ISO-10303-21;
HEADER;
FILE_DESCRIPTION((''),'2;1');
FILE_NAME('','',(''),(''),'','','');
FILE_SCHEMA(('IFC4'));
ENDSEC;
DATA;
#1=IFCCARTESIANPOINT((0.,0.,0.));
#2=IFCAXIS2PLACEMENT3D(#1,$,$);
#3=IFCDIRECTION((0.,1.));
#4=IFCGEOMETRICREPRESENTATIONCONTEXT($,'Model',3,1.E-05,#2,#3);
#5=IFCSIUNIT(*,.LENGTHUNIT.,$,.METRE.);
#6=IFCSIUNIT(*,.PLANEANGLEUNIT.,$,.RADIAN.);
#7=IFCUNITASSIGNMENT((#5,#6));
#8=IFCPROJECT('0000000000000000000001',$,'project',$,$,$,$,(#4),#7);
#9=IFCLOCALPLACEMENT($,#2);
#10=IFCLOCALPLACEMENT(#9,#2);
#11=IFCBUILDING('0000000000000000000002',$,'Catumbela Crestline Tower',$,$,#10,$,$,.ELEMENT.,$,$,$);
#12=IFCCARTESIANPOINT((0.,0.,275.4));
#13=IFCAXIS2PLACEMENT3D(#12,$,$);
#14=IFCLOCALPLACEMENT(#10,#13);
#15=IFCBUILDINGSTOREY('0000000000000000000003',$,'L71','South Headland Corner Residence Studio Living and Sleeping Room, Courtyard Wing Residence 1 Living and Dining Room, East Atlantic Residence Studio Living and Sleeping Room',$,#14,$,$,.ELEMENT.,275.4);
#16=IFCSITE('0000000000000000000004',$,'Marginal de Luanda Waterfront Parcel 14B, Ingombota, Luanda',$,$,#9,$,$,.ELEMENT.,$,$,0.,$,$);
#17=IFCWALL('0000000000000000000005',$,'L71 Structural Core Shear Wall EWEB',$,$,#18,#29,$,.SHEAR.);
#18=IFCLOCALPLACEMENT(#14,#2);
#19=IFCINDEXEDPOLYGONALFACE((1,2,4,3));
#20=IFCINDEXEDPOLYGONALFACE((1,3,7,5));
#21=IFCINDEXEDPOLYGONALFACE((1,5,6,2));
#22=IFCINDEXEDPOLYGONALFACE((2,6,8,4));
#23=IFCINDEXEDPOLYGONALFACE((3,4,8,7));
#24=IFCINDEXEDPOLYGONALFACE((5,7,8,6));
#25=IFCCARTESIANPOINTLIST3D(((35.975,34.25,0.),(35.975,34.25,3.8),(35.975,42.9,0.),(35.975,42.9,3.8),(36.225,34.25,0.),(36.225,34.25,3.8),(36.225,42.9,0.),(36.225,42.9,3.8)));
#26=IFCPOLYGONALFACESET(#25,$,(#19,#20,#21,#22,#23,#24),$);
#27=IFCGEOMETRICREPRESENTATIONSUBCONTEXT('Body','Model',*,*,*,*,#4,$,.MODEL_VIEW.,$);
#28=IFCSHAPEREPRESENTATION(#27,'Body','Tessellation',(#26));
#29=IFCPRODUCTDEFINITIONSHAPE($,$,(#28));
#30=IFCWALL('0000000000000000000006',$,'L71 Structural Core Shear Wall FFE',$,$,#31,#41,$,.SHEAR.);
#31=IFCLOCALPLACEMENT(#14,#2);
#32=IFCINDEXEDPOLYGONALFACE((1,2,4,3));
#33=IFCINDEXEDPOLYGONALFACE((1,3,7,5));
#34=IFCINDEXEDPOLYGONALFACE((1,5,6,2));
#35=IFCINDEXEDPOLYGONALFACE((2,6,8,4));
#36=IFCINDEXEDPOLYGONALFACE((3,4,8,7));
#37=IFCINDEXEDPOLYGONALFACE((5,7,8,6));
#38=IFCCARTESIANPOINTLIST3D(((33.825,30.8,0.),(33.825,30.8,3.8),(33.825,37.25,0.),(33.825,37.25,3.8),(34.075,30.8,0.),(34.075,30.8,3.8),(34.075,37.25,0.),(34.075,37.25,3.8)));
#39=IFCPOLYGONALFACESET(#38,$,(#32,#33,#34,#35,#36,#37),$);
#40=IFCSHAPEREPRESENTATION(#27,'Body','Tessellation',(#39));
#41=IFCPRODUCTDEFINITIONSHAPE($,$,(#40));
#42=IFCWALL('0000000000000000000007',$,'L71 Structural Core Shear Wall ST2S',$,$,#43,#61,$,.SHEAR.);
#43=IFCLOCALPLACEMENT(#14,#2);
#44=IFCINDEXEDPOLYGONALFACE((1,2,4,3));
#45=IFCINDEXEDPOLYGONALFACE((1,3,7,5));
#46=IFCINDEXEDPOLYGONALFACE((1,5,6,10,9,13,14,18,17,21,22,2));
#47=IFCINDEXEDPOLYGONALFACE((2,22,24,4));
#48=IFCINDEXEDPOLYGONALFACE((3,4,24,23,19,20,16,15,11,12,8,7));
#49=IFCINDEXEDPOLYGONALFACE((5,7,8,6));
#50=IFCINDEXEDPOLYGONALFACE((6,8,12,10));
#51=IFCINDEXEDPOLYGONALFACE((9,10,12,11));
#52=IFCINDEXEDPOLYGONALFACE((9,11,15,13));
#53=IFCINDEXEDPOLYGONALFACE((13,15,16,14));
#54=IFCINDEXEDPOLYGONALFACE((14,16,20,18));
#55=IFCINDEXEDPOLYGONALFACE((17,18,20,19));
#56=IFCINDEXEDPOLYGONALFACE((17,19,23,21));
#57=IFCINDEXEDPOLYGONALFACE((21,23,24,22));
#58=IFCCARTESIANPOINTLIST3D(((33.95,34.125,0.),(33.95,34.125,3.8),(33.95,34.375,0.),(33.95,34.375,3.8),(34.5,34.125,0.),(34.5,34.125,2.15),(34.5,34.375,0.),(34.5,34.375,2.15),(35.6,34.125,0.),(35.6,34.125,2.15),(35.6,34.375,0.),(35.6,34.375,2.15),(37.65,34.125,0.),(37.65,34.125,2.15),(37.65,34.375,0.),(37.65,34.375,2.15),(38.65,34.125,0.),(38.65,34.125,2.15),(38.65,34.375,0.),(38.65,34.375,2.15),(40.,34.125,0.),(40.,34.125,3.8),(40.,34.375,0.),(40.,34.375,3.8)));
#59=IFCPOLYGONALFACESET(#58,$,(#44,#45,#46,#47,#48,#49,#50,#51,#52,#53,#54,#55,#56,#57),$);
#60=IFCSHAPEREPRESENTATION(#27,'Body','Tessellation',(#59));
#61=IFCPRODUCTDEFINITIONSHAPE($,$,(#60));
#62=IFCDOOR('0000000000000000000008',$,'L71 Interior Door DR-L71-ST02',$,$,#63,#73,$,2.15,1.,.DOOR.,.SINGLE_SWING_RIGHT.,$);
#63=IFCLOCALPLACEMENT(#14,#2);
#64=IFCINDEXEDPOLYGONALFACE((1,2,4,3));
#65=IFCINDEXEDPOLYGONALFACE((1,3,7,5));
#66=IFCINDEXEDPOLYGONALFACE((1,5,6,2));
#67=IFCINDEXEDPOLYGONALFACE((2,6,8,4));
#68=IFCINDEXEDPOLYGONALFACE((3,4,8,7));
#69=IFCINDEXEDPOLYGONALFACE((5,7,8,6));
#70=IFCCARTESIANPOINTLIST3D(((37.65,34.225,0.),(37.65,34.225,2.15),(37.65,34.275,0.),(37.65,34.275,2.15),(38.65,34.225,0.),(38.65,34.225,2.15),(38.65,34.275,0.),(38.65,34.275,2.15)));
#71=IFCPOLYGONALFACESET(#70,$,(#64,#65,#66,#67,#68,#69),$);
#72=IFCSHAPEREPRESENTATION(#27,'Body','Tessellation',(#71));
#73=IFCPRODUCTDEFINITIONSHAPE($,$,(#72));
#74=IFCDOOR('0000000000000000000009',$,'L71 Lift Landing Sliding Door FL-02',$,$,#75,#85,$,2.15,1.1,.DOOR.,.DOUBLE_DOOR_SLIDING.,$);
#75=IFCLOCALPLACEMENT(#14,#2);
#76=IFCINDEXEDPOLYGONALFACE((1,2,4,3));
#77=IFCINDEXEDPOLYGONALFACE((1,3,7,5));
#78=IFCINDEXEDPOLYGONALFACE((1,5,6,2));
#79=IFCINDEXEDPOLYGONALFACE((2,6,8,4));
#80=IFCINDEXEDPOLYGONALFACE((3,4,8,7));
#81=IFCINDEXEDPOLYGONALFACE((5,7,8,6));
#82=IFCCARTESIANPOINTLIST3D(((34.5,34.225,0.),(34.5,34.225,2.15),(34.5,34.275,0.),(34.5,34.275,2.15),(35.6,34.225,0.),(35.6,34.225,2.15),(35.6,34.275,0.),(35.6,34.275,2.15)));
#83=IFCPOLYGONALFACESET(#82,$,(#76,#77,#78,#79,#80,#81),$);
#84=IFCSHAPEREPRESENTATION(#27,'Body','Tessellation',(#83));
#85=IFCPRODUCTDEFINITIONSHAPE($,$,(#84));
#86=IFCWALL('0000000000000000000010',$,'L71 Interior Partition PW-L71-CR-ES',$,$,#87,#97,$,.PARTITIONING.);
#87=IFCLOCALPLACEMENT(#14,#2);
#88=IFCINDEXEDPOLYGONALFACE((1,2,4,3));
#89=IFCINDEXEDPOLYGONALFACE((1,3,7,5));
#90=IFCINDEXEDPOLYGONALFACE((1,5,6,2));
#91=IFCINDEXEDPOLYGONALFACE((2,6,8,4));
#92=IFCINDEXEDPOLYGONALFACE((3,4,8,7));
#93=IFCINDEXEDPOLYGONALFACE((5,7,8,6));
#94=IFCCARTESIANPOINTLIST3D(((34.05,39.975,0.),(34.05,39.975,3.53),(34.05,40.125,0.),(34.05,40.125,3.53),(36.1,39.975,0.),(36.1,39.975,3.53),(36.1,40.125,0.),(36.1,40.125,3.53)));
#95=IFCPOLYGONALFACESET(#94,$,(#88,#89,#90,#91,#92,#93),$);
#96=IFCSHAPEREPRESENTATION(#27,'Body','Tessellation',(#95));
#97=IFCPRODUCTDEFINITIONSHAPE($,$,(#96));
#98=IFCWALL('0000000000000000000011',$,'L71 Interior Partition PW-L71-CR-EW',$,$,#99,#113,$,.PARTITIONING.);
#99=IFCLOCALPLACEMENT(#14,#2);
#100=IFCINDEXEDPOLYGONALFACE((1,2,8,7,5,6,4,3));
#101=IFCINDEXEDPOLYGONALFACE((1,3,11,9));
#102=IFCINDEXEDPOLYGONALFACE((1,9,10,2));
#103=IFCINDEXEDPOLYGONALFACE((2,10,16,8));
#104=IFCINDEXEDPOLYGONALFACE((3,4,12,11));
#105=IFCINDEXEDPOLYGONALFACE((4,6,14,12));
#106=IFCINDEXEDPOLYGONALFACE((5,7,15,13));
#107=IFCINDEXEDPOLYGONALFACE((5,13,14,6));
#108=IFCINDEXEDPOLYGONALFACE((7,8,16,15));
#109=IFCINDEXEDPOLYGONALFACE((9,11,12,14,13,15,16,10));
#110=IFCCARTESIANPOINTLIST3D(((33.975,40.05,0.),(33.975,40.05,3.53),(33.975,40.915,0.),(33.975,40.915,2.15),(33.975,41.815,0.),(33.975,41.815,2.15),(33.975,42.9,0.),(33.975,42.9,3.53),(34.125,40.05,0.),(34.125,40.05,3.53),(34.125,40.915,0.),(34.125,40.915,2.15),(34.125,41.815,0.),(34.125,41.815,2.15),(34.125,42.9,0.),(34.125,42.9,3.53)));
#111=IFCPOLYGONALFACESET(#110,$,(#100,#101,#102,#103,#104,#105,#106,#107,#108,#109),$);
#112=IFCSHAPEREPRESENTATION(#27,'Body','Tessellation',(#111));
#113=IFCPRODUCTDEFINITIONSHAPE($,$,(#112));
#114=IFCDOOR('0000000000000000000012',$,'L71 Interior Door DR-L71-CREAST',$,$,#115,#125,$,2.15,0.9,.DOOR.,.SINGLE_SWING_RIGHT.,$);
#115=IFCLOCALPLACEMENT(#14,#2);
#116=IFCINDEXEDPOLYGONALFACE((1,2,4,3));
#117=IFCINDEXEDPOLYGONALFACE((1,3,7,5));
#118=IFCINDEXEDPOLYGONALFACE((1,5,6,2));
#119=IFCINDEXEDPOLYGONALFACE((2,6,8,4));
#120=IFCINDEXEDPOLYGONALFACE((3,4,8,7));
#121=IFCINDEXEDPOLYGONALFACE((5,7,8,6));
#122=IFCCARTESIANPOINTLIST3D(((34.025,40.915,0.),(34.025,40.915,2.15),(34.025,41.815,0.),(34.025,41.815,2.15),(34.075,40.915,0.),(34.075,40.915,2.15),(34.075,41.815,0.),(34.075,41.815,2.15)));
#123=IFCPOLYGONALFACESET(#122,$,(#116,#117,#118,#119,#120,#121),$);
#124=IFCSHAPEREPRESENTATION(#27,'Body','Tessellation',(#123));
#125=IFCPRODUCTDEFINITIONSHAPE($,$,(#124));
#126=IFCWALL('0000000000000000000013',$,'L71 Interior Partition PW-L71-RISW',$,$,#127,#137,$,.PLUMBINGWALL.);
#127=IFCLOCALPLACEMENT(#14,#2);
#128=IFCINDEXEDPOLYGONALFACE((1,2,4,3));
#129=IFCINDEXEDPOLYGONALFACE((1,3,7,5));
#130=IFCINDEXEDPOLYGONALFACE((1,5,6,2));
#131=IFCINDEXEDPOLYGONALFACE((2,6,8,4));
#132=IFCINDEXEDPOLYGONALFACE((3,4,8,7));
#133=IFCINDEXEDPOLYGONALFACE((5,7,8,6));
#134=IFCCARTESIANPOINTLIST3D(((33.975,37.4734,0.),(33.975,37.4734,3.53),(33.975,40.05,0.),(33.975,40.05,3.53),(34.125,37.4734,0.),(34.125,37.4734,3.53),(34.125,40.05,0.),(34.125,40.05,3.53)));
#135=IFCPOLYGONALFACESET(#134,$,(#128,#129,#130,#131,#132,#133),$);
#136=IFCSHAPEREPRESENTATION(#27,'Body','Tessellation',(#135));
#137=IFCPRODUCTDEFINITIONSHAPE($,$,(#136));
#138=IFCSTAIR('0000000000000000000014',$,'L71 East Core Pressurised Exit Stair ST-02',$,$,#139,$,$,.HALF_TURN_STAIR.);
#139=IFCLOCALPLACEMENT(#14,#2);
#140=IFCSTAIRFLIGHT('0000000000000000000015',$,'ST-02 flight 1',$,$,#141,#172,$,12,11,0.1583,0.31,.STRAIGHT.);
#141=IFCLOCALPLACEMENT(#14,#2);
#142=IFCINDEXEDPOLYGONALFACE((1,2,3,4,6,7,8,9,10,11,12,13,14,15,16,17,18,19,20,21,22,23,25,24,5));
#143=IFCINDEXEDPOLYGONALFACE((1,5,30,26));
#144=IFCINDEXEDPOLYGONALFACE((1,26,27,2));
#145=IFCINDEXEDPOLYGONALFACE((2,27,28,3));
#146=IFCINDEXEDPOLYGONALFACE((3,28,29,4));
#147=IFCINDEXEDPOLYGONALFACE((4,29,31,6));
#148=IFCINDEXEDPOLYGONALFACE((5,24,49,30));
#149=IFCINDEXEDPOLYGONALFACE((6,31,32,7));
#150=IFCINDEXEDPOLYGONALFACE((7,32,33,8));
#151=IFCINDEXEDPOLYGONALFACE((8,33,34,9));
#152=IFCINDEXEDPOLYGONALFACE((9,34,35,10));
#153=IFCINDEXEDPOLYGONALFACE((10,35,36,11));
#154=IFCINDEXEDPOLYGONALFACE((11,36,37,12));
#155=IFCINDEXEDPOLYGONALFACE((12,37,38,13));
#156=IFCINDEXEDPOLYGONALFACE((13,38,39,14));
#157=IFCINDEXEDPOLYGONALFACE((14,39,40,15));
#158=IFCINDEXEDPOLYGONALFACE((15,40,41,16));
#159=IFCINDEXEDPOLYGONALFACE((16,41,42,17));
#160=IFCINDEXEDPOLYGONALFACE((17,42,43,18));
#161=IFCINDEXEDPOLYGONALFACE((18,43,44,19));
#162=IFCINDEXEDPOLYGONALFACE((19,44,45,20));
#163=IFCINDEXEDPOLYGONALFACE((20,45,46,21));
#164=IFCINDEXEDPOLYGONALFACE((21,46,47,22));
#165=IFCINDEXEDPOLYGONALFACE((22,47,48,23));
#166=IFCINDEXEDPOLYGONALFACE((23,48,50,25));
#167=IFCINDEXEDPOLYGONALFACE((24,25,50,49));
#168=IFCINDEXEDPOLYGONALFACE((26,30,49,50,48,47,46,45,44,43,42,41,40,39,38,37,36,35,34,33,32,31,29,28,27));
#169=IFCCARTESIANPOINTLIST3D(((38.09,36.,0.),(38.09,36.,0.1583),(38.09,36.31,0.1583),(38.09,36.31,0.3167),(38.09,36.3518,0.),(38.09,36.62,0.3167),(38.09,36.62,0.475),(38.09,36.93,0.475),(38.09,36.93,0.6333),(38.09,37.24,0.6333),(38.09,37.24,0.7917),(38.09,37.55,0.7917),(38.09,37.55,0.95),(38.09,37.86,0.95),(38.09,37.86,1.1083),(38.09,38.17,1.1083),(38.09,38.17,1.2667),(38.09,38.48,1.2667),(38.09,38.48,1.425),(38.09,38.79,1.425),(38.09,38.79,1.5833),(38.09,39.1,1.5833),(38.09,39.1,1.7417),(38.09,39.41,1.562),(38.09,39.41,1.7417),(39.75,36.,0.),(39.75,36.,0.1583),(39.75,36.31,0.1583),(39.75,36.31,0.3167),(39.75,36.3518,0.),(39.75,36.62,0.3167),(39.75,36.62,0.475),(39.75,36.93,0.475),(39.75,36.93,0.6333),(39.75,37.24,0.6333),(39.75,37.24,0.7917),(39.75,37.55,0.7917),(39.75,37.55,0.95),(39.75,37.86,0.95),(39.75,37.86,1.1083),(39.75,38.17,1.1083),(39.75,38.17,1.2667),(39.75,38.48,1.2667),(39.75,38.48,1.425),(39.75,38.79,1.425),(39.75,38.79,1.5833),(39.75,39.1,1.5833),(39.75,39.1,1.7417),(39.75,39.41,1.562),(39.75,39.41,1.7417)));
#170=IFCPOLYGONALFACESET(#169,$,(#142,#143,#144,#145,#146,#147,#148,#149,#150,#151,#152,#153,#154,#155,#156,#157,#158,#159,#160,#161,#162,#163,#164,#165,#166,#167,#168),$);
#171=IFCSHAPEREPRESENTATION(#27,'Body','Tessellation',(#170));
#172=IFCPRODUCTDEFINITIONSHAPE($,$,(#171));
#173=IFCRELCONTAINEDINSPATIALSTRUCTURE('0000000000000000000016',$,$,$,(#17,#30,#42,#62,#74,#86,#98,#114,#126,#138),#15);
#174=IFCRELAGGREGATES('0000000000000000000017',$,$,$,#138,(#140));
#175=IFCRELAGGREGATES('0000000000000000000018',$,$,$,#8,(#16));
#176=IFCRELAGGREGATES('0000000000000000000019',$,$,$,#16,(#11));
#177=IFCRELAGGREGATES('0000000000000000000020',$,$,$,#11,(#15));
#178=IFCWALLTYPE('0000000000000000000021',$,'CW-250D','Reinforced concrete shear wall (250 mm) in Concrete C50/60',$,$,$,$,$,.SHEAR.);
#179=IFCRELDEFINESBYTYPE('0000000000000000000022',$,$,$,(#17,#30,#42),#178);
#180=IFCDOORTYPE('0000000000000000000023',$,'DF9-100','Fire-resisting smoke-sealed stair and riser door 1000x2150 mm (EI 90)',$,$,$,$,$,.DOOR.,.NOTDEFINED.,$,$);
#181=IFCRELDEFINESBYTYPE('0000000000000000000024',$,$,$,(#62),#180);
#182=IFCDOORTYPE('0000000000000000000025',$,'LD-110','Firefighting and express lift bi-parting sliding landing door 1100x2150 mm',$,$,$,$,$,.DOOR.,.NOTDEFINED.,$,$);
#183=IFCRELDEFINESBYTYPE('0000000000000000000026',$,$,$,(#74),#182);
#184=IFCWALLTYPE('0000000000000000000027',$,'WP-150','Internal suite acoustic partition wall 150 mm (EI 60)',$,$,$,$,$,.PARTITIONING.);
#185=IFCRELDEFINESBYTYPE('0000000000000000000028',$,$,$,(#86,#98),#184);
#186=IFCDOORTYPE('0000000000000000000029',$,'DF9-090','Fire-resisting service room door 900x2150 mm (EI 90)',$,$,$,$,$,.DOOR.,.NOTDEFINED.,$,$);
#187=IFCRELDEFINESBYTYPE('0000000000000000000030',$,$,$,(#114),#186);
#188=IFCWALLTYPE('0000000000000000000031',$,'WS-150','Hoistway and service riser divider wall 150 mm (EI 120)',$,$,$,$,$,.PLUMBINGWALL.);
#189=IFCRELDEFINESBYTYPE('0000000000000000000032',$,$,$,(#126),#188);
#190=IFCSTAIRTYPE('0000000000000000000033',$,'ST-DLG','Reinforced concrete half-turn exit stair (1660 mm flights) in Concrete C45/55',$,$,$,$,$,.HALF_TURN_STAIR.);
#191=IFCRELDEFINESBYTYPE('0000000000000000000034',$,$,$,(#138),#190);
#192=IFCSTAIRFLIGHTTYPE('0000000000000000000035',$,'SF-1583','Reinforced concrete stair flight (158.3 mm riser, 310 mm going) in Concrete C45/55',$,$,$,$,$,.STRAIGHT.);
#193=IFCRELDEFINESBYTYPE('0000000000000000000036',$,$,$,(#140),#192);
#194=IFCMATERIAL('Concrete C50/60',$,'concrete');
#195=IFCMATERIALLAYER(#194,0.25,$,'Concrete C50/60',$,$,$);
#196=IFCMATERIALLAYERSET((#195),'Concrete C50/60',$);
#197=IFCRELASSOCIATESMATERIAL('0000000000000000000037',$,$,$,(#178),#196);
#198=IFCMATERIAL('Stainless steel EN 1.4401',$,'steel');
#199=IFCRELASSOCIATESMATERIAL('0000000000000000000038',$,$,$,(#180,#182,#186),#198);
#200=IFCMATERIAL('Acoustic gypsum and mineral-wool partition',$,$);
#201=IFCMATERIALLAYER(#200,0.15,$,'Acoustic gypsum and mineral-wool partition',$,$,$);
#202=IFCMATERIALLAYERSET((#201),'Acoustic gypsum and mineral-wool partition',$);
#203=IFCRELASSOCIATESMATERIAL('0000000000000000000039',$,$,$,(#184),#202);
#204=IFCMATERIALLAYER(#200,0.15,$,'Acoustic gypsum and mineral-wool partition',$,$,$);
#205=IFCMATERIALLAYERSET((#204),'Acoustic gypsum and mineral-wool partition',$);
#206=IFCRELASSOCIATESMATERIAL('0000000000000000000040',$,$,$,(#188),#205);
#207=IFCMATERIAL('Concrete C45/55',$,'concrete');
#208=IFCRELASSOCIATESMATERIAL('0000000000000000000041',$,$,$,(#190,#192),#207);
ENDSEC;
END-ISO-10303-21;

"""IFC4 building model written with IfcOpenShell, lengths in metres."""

from ifc_helpers import new_model, si_unit, direction, frame, frame_2d, origin, place, context, subcontext, project, spatial, polyline, rectangle, outline, extrude, material, layer, layer_set, type_object, element, fill, aggregate, save


model = new_model("IFC4")

# Units and contexts
model_context = context("Model", 3, precision=1e-05, world=origin(), true_north=direction((0.0, 1.0)))
body_context = subcontext(model_context, "Body", "Model", "MODEL_VIEW")
ifc_project = project(units=[si_unit("LENGTHUNIT", "METRE"), si_unit("PLANEANGLEUNIT", "RADIAN")], contexts=[model_context])

# Site, building, storey
site_placement = place(None, origin())
site = spatial("IfcSite", under=ifc_project, at=site_placement, Name="Marginal de Luanda Waterfront Parcel 14B, Ingombota, Luanda", CompositionType="ELEMENT", RefElevation=0.0)
building_placement = place(site_placement, origin())
building = spatial("IfcBuilding", under=site, at=building_placement, Name="Catumbela Crestline Tower", CompositionType="ELEMENT")
storey_placement = place(building_placement, frame((0.0, 0.0, 275.4)))
storey = spatial("IfcBuildingStorey", under=building, at=storey_placement, Name="L71", Description="South Headland Corner Residence Studio Living and Sleeping Room, Courtyard Wing Residence 1 Living and Dining Room, East Atlantic Residence Studio Living and Sleeping Room", CompositionType="ELEMENT", Elevation=275.4)

# Walls
ifc_material_1 = material(Name="Concrete C50/60", Category="concrete")
ifc_layer_1 = layer(ifc_material_1, 0.25, Name="Concrete C50/60")
ifc_layer_set_1 = layer_set([ifc_layer_1], Name="Concrete C50/60")
wall_type_1 = type_object("IfcWallType", Name="CW-250D", Description="Reinforced concrete shear wall (250 mm) in Concrete C50/60", PredefinedType="SHEAR", material=ifc_layer_set_1)
wall_1_placement = place(storey_placement, frame((36.1, 34.25, 0.0), z_axis=(0.0, 0.0, 1.0), x_axis=(0.0, 1.0, 0.0)))
element("IfcWall", 1, at=wall_1_placement, inside=storey, type_object=wall_type_1, Name="L71 Structural Core Shear Wall EWEB", PredefinedType="SHEAR", context=body_context, shape_type="SweptSolid", body=[
    extrude(rectangle(XDim=8.65, YDim=0.25, at=frame_2d((4.325, 0.0))), origin(), (0.0, 0.0, 1.0), 3.8),
])
wall_2_placement = place(storey_placement, frame((33.95, 30.8, 0.0), z_axis=(0.0, 0.0, 1.0), x_axis=(0.0, 1.0, 0.0)))
element("IfcWall", 2, at=wall_2_placement, inside=storey, type_object=wall_type_1, Name="L71 Structural Core Shear Wall FFE", PredefinedType="SHEAR", context=body_context, shape_type="SweptSolid", body=[
    extrude(rectangle(XDim=6.45, YDim=0.25, at=frame_2d((3.225, 0.0))), origin(), (0.0, 0.0, 1.0), 3.8),
])

# Wall, openings, doors
wall_3_placement = place(storey_placement, frame((33.95, 34.25, 0.0), z_axis=(0.0, 0.0, 1.0), x_axis=(1.0, 0.0, 0.0)))
wall_3 = element("IfcWall", 3, at=wall_3_placement, inside=storey, type_object=wall_type_1, Name="L71 Structural Core Shear Wall ST2S", PredefinedType="SHEAR", context=body_context, shape_type="SweptSolid", body=[
    extrude(rectangle(XDim=6.05, YDim=0.25, at=frame_2d((3.025, 0.0))), origin(), (0.0, 0.0, 1.0), 3.8),
])
opening_1_placement = place(wall_3_placement, frame((3.7, 0.0, 0.0)))
opening_1 = element("IfcOpeningElement", 4, at=opening_1_placement, cuts=wall_3, PredefinedType="OPENING", context=body_context, shape_type="SweptSolid", body=[
    extrude(rectangle(XDim=1.0, YDim=2.15, at=frame_2d((0.5, 1.075))), frame((0.0, 0.135, 0.0), z_axis=(0.0, -1.0, 0.0), x_axis=(1.0, 0.0, 0.0)), (0.0, 0.0, 1.0), 0.27),
])
opening_2_placement = place(wall_3_placement, frame((0.55, 0.0, 0.0)))
opening_2 = element("IfcOpeningElement", 5, at=opening_2_placement, cuts=wall_3, PredefinedType="OPENING", context=body_context, shape_type="SweptSolid", body=[
    extrude(rectangle(XDim=1.1, YDim=2.15, at=frame_2d((0.55, 1.075))), frame((0.0, 0.135, 0.0), z_axis=(0.0, -1.0, 0.0), x_axis=(1.0, 0.0, 0.0)), (0.0, 0.0, 1.0), 0.27),
])
ifc_material_2 = material(Name="Stainless steel EN 1.4401", Category="steel")
door_type_1 = type_object("IfcDoorType", Name="DF9-100", Description="Fire-resisting smoke-sealed stair and riser door 1000x2150 mm (EI 90)", OperationType="NOTDEFINED", PredefinedType="DOOR", material=ifc_material_2)
door_1_placement = place(opening_1_placement, origin())
door_1 = element("IfcDoor", 6, at=door_1_placement, inside=storey, type_object=door_type_1, Name="L71 Interior Door DR-L71-ST02", OperationType="SINGLE_SWING_RIGHT", OverallHeight=2.15, OverallWidth=1.0, PredefinedType="DOOR", context=body_context, shape_type="SweptSolid", body=[
    extrude(rectangle(XDim=1.0, YDim=2.15, at=frame_2d((0.5, 1.075))), frame((0.0, 0.025, 0.0), z_axis=(0.0, -1.0, 0.0), x_axis=(1.0, 0.0, 0.0)), (0.0, 0.0, 1.0), 0.05),
])
fill(opening_1, door_1)
door_type_2 = type_object("IfcDoorType", Name="LD-110", Description="Firefighting and express lift bi-parting sliding landing door 1100x2150 mm", OperationType="NOTDEFINED", PredefinedType="DOOR", material=ifc_material_2)
door_2_placement = place(opening_2_placement, origin())
door_2 = element("IfcDoor", 7, at=door_2_placement, inside=storey, type_object=door_type_2, Name="L71 Lift Landing Sliding Door FL-02", OperationType="DOUBLE_DOOR_SLIDING", OverallHeight=2.15, OverallWidth=1.1, PredefinedType="DOOR", context=body_context, shape_type="SweptSolid", body=[
    extrude(rectangle(XDim=1.1, YDim=2.15, at=frame_2d((0.55, 1.075))), frame((0.0, 0.025, 0.0), z_axis=(0.0, -1.0, 0.0), x_axis=(1.0, 0.0, 0.0)), (0.0, 0.0, 1.0), 0.05),
])
fill(opening_2, door_2)

# Wall
ifc_material_3 = material(Name="Acoustic gypsum and mineral-wool partition")
ifc_layer_2 = layer(ifc_material_3, 0.15, Name="Acoustic gypsum and mineral-wool partition")
ifc_layer_set_2 = layer_set([ifc_layer_2], Name="Acoustic gypsum and mineral-wool partition")
wall_type_2 = type_object("IfcWallType", Name="WP-150", Description="Internal suite acoustic partition wall 150 mm (EI 60)", PredefinedType="PARTITIONING", material=ifc_layer_set_2)
wall_4_placement = place(storey_placement, frame((34.05, 40.05, 0.0), z_axis=(0.0, 0.0, 1.0), x_axis=(1.0, 0.0, 0.0)))
element("IfcWall", 8, at=wall_4_placement, inside=storey, type_object=wall_type_2, Name="L71 Interior Partition PW-L71-CR-ES", PredefinedType="PARTITIONING", context=body_context, shape_type="SweptSolid", body=[
    extrude(rectangle(XDim=2.05, YDim=0.15, at=frame_2d((1.025, 0.0))), origin(), (0.0, 0.0, 1.0), 3.53),
])

# Wall, opening, door
wall_5_placement = place(storey_placement, frame((34.05, 40.05, 0.0), z_axis=(0.0, 0.0, 1.0), x_axis=(0.0, 1.0, 0.0)))
wall_5 = element("IfcWall", 9, at=wall_5_placement, inside=storey, type_object=wall_type_2, Name="L71 Interior Partition PW-L71-CR-EW", PredefinedType="PARTITIONING", context=body_context, shape_type="SweptSolid", body=[
    extrude(rectangle(XDim=2.85, YDim=0.15, at=frame_2d((1.425, 0.0))), origin(), (0.0, 0.0, 1.0), 3.53),
])
opening_3_placement = place(wall_5_placement, frame((0.865, 0.0, 0.0)))
opening_3 = element("IfcOpeningElement", 10, at=opening_3_placement, cuts=wall_5, PredefinedType="OPENING", context=body_context, shape_type="SweptSolid", body=[
    extrude(rectangle(XDim=0.9, YDim=2.15, at=frame_2d((0.45, 1.075))), frame((0.0, 0.085, 0.0), z_axis=(0.0, -1.0, 0.0), x_axis=(1.0, 0.0, 0.0)), (0.0, 0.0, 1.0), 0.17),
])
door_type_3 = type_object("IfcDoorType", Name="DF9-090", Description="Fire-resisting service room door 900x2150 mm (EI 90)", OperationType="NOTDEFINED", PredefinedType="DOOR", material=ifc_material_2)
door_3_placement = place(opening_3_placement, origin())
door_3 = element("IfcDoor", 11, at=door_3_placement, inside=storey, type_object=door_type_3, Name="L71 Interior Door DR-L71-CREAST", OperationType="SINGLE_SWING_RIGHT", OverallHeight=2.15, OverallWidth=0.9, PredefinedType="DOOR", context=body_context, shape_type="SweptSolid", body=[
    extrude(rectangle(XDim=0.9, YDim=2.15, at=frame_2d((0.45, 1.075))), frame((0.0, 0.025, 0.0), z_axis=(0.0, -1.0, 0.0), x_axis=(1.0, 0.0, 0.0)), (0.0, 0.0, 1.0), 0.05),
])
fill(opening_3, door_3)

# Wall
ifc_layer_3 = layer(ifc_material_3, 0.15, Name="Acoustic gypsum and mineral-wool partition")
ifc_layer_set_3 = layer_set([ifc_layer_3], Name="Acoustic gypsum and mineral-wool partition")
wall_type_3 = type_object("IfcWallType", Name="WS-150", Description="Hoistway and service riser divider wall 150 mm (EI 120)", PredefinedType="PLUMBINGWALL", material=ifc_layer_set_3)
wall_6_placement = place(storey_placement, frame((34.05, 37.4734, 0.0), z_axis=(0.0, 0.0, 1.0), x_axis=(0.0, 1.0, 0.0)))
element("IfcWall", 12, at=wall_6_placement, inside=storey, type_object=wall_type_3, Name="L71 Interior Partition PW-L71-RISW", PredefinedType="PLUMBINGWALL", context=body_context, shape_type="SweptSolid", body=[
    extrude(rectangle(XDim=2.5766, YDim=0.15, at=frame_2d((1.2883, 0.0))), origin(), (0.0, 0.0, 1.0), 3.53),
])

# Stair, stair flight
ifc_material_4 = material(Name="Concrete C45/55", Category="concrete")
stair_type = type_object("IfcStairType", Name="ST-DLG", Description="Reinforced concrete half-turn exit stair (1660 mm flights) in Concrete C45/55", PredefinedType="HALF_TURN_STAIR", material=ifc_material_4)
stair_placement = place(storey_placement, origin())
stair = element("IfcStair", 13, at=stair_placement, inside=storey, type_object=stair_type, Name="L71 East Core Pressurised Exit Stair ST-02", PredefinedType="HALF_TURN_STAIR")
stair_flight_type = type_object("IfcStairFlightType", Name="SF-1583", Description="Reinforced concrete stair flight (158.3 mm riser, 310 mm going) in Concrete C45/55", PredefinedType="STRAIGHT", material=ifc_material_4)
stair_flight_1_placement = place(storey_placement, frame((38.92, 36.0, 0.0), z_axis=(0.0, 0.0, 1.0), x_axis=(0.0, 1.0, 0.0)))
stair_flight_1 = element("IfcStairFlight", 14, at=stair_flight_1_placement, type_object=stair_flight_type, Name="ST-02 flight 1", NumberOfRisers=12, NumberOfTreads=11, PredefinedType="STRAIGHT", RiserHeight=0.1583, TreadLength=0.31, context=body_context, shape_type="SweptSolid", body=[
    extrude(outline(polyline([(0.0, 0.0), (0.0, 0.1583), (0.31, 0.1583), (0.31, 0.3167), (0.62, 0.3167), (0.62, 0.475), (0.93, 0.475), (0.93, 0.6333), (1.24, 0.6333), (1.24, 0.7917), (1.55, 0.7917), (1.55, 0.95), (1.86, 0.95), (1.86, 1.1083), (2.17, 1.1083), (2.17, 1.2667), (2.48, 1.2667), (2.48, 1.425), (2.79, 1.425), (2.79, 1.5833), (3.1, 1.5833), (3.1, 1.7417), (3.41, 1.7417), (3.41, 1.9), (3.41, 1.562), (0.3518, 0.0), (0.0, 0.0)])), frame((0.0, 0.83, 0.0), z_axis=(0.0, -1.0, 0.0), x_axis=(1.0, 0.0, 0.0)), (0.0, 0.0, 1.0), 1.66),
])
aggregate(stair, [stair_flight_1])

save(model, "model.ifc")
